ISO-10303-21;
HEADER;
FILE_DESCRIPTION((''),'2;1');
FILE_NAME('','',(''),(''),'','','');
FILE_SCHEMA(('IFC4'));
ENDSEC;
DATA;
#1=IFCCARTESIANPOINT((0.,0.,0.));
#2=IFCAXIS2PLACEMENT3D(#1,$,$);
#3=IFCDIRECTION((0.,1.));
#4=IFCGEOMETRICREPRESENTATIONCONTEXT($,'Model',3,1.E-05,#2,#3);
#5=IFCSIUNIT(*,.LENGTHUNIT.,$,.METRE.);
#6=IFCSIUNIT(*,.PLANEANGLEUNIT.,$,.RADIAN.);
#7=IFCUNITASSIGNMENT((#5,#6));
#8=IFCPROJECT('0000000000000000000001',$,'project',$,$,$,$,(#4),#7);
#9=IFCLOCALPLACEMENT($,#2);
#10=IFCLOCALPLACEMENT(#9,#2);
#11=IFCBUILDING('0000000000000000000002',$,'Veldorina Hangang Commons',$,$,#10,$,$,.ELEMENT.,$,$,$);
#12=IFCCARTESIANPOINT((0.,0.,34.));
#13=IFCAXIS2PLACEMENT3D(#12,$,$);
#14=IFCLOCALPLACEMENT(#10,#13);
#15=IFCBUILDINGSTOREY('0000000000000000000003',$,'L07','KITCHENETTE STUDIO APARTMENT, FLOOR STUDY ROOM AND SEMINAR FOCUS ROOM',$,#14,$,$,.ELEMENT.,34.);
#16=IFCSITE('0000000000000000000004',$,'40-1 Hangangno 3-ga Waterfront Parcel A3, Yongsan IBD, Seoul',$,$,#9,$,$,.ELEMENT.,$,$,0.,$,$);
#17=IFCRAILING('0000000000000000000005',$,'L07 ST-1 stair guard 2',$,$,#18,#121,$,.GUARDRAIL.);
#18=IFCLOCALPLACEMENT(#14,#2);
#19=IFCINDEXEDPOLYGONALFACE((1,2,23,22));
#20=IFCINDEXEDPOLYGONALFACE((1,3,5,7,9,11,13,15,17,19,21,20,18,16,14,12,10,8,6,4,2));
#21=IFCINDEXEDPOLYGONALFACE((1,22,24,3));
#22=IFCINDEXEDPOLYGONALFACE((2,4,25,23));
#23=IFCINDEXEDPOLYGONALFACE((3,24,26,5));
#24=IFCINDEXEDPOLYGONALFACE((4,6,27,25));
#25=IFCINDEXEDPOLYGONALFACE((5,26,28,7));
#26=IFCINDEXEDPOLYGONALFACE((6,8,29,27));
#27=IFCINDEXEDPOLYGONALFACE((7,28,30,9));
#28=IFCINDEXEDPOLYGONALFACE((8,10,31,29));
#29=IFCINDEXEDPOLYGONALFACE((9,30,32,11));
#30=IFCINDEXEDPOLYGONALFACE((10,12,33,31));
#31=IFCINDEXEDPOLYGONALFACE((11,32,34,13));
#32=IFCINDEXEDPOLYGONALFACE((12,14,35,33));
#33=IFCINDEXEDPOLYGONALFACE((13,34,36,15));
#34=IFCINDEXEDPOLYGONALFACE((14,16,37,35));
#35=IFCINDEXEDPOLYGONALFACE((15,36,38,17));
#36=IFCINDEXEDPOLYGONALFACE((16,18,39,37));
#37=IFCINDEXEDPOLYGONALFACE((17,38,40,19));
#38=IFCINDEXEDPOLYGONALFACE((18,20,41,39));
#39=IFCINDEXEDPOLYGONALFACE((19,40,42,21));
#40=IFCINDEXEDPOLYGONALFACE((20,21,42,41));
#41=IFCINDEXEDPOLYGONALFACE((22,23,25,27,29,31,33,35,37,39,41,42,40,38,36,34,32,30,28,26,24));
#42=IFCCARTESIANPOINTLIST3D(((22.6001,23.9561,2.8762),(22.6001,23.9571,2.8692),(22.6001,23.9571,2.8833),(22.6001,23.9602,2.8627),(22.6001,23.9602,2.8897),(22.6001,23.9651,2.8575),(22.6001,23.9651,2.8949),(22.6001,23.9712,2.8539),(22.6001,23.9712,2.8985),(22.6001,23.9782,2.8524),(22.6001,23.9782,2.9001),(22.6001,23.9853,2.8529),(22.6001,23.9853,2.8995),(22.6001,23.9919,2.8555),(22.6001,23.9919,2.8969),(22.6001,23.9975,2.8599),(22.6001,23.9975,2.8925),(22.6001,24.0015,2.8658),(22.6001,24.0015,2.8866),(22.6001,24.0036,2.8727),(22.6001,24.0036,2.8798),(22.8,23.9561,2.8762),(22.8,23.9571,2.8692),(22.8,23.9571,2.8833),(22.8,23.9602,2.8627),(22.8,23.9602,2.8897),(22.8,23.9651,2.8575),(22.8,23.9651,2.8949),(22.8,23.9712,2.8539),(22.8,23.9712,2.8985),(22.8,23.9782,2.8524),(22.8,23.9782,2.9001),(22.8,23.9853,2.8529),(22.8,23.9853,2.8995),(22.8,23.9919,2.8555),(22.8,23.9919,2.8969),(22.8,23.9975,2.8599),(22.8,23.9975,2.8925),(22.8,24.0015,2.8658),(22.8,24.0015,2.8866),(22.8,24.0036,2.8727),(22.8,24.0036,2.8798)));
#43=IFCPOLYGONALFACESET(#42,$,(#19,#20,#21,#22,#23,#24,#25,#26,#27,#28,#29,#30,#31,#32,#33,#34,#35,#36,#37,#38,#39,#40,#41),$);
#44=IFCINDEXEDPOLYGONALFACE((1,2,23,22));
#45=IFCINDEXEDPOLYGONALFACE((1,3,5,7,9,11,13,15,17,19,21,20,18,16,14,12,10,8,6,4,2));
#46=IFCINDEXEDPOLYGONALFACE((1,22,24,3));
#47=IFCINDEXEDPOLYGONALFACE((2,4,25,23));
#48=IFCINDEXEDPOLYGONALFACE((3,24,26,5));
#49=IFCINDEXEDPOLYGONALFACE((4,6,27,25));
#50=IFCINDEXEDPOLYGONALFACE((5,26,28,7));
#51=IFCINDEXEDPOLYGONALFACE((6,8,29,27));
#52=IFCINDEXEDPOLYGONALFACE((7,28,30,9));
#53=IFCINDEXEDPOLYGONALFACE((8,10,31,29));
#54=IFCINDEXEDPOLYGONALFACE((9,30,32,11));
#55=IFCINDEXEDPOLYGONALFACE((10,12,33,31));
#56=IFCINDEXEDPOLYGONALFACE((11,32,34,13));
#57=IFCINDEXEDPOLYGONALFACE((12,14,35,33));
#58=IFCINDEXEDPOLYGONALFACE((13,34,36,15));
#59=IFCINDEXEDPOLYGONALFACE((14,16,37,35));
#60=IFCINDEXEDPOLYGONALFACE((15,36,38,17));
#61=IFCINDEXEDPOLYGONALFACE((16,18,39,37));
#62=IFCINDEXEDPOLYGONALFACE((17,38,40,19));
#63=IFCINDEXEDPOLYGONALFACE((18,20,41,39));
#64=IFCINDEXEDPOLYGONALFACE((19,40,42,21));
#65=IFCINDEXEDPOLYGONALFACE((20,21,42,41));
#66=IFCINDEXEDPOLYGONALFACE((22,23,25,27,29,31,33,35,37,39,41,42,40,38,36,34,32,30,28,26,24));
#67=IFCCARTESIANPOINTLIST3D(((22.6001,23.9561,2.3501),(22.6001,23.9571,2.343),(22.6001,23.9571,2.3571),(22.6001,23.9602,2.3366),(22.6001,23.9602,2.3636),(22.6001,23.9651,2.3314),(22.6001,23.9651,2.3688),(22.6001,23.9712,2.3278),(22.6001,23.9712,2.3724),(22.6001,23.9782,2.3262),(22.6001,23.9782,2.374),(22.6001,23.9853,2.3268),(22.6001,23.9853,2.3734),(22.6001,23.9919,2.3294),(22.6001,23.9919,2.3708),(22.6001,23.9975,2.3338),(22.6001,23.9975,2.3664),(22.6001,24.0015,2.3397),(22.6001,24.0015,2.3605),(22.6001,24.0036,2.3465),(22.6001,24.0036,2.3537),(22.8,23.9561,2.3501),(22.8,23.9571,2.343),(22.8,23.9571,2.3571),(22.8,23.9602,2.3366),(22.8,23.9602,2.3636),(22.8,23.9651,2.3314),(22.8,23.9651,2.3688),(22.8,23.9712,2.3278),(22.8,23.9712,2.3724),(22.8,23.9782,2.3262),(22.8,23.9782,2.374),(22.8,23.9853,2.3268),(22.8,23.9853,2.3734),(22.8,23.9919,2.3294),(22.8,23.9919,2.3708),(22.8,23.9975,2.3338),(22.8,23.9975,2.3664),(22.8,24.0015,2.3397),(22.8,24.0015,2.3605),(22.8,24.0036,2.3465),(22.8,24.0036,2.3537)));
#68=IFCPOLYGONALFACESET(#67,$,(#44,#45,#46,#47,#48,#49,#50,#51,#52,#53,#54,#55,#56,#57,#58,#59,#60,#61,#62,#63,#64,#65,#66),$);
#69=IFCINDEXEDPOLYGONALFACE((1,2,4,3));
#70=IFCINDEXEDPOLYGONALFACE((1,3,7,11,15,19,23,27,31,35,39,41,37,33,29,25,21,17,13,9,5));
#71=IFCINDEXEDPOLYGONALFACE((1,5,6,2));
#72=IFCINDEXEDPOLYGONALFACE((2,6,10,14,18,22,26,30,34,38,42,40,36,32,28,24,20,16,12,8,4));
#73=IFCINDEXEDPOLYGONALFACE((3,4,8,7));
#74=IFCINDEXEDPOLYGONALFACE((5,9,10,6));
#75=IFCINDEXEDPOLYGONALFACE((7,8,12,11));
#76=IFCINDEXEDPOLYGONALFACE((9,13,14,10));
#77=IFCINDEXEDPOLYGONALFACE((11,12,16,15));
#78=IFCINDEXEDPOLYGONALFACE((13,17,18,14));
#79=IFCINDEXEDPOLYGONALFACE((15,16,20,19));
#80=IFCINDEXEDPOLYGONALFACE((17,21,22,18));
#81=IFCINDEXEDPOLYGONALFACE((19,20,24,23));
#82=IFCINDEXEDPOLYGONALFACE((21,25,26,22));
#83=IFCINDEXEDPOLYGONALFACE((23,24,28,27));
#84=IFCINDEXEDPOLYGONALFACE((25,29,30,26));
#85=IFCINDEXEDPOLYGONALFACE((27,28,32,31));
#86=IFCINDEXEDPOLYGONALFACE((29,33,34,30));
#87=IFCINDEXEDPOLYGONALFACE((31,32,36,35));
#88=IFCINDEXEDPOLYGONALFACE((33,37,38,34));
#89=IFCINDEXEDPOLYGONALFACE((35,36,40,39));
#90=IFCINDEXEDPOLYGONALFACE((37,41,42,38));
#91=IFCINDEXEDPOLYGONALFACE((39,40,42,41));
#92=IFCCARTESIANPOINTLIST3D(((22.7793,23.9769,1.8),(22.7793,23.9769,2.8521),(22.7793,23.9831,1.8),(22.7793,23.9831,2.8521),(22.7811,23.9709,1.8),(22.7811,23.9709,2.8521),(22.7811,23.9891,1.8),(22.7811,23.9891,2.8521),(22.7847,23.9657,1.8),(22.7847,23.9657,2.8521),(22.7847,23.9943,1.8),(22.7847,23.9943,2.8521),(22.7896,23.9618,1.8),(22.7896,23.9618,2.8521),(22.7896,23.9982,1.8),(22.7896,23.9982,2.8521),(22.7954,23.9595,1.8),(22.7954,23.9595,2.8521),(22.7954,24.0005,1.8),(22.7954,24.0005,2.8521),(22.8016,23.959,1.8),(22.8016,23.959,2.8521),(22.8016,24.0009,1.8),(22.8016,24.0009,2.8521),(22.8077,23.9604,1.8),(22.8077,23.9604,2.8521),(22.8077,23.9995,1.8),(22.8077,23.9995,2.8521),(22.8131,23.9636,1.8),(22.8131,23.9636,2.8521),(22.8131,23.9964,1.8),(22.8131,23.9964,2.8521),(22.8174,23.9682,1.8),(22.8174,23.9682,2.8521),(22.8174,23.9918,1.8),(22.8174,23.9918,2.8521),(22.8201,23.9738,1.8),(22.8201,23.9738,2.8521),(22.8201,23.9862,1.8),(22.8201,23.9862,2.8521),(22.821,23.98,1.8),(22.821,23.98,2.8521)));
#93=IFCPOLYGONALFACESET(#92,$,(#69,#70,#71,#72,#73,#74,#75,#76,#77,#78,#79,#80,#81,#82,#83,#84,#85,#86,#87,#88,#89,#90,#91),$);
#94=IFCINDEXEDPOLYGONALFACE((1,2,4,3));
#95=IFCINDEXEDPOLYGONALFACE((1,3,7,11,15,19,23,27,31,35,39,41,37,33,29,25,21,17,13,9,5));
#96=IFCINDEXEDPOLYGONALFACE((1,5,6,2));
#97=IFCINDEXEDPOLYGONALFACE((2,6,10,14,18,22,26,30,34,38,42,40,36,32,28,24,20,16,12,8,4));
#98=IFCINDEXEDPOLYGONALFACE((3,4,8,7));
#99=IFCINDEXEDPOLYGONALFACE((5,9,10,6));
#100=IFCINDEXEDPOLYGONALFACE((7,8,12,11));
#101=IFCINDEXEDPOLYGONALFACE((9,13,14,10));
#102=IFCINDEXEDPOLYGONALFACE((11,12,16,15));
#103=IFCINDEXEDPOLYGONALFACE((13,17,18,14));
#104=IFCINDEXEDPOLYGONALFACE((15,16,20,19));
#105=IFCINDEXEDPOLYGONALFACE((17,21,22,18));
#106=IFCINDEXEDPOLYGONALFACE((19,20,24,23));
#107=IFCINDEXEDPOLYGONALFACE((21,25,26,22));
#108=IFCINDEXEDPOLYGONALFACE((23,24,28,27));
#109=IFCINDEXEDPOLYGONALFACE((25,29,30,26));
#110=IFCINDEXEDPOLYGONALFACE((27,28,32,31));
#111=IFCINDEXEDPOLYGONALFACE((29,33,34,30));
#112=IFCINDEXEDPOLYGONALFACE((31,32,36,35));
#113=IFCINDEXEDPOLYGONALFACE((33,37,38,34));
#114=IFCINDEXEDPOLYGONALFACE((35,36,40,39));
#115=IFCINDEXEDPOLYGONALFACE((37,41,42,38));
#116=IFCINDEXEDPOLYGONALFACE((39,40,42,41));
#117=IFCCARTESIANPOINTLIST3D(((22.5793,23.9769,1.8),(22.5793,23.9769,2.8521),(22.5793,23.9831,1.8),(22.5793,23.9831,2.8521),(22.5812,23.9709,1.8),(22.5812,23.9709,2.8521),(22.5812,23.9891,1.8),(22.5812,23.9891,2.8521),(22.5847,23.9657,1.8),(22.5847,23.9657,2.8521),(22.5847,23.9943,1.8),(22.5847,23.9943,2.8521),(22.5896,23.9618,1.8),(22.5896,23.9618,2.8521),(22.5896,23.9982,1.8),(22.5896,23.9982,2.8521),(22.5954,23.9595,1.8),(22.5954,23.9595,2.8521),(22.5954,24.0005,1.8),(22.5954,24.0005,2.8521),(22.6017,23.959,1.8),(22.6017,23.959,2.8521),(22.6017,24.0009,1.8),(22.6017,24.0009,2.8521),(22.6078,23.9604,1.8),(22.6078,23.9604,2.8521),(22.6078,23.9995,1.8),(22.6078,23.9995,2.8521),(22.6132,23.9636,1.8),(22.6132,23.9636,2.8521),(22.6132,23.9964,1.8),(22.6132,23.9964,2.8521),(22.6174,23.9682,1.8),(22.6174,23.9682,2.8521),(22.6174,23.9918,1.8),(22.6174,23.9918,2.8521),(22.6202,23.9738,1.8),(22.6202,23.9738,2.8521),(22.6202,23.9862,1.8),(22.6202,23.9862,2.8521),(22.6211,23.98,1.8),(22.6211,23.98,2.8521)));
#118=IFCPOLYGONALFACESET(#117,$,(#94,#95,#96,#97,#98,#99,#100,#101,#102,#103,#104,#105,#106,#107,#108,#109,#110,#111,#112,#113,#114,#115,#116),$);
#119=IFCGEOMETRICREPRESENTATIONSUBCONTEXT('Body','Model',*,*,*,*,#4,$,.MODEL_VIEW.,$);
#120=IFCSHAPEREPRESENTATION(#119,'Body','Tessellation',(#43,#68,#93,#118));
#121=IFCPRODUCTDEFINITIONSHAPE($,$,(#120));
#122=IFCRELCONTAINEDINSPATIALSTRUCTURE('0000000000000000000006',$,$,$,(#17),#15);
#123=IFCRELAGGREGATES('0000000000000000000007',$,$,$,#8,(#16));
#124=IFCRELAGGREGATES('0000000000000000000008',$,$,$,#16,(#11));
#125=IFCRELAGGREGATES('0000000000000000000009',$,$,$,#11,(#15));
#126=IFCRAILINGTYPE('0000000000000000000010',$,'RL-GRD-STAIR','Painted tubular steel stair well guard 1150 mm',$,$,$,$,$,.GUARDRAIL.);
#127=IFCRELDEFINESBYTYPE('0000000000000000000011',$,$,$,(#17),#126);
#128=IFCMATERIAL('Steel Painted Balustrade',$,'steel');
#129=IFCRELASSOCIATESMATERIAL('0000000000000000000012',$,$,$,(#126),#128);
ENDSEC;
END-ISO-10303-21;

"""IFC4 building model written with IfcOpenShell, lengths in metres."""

from ifc_helpers import new_model, si_unit, direction, frame, origin, origin_2d, place, context, subcontext, project, spatial, circle, extrude, material, type_object, element, save


model = new_model("IFC4")

# Units and contexts
model_context = context("Model", 3, precision=1e-05, world=origin(), true_north=direction((0.0, 1.0)))
body_context = subcontext(model_context, "Body", "Model", "MODEL_VIEW")
ifc_project = project(units=[si_unit("LENGTHUNIT", "METRE"), si_unit("PLANEANGLEUNIT", "RADIAN")], contexts=[model_context])

# Site, building, storey
site_placement = place(None, origin())
site = spatial("IfcSite", under=ifc_project, at=site_placement, Name="40-1 Hangangno 3-ga Waterfront Parcel A3, Yongsan IBD, Seoul", CompositionType="ELEMENT", RefElevation=0.0)
building_placement = place(site_placement, origin())
building = spatial("IfcBuilding", under=site, at=building_placement, Name="Veldorina Hangang Commons", CompositionType="ELEMENT")
storey_placement = place(building_placement, frame((0.0, 0.0, 34.0)))
storey = spatial("IfcBuildingStorey", under=building, at=storey_placement, Name="L07", Description="KITCHENETTE STUDIO APARTMENT, FLOOR STUDY ROOM AND SEMINAR FOCUS ROOM", CompositionType="ELEMENT", Elevation=34.0)

# Railing
ifc_material_1 = material(Name="Steel Painted Balustrade", Category="steel")
railing_type_1 = type_object("IfcRailingType", Name="RL-GRD-STAIR", Description="Painted tubular steel stair well guard 1150 mm", PredefinedType="GUARDRAIL", material=ifc_material_1)
railing_1_placement = place(storey_placement, frame((22.8, 23.98, 1.8)))
element("IfcRailing", 1, at=railing_1_placement, inside=storey, type_object=railing_type_1, Name="L07 ST-1 stair guard 2", PredefinedType="GUARDRAIL", context=body_context, shape_type="SweptSolid", body=[
    extrude(circle(Radius=0.0239, at=origin_2d()), frame((0.0, 0.0, 1.0762), z_axis=(-1.0, 0.0, 0.0), x_axis=(0.0, -1.0, 0.0)), (0.0, 0.0, 1.0), 0.2),
    extrude(circle(Radius=0.0239, at=origin_2d()), frame((0.0, 0.0, 0.55), z_axis=(-1.0, 0.0, 0.0), x_axis=(0.0, -1.0, 0.0)), (0.0, 0.0, 1.0), 0.2),
    extrude(circle(Radius=0.021, at=origin_2d()), origin(), (0.0, 0.0, 1.0), 1.052),
    extrude(circle(Radius=0.021, at=origin_2d()), frame((-0.2, 0.0, 0.0)), (0.0, 0.0, 1.0), 1.052),
])

save(model, "model.ifc")
